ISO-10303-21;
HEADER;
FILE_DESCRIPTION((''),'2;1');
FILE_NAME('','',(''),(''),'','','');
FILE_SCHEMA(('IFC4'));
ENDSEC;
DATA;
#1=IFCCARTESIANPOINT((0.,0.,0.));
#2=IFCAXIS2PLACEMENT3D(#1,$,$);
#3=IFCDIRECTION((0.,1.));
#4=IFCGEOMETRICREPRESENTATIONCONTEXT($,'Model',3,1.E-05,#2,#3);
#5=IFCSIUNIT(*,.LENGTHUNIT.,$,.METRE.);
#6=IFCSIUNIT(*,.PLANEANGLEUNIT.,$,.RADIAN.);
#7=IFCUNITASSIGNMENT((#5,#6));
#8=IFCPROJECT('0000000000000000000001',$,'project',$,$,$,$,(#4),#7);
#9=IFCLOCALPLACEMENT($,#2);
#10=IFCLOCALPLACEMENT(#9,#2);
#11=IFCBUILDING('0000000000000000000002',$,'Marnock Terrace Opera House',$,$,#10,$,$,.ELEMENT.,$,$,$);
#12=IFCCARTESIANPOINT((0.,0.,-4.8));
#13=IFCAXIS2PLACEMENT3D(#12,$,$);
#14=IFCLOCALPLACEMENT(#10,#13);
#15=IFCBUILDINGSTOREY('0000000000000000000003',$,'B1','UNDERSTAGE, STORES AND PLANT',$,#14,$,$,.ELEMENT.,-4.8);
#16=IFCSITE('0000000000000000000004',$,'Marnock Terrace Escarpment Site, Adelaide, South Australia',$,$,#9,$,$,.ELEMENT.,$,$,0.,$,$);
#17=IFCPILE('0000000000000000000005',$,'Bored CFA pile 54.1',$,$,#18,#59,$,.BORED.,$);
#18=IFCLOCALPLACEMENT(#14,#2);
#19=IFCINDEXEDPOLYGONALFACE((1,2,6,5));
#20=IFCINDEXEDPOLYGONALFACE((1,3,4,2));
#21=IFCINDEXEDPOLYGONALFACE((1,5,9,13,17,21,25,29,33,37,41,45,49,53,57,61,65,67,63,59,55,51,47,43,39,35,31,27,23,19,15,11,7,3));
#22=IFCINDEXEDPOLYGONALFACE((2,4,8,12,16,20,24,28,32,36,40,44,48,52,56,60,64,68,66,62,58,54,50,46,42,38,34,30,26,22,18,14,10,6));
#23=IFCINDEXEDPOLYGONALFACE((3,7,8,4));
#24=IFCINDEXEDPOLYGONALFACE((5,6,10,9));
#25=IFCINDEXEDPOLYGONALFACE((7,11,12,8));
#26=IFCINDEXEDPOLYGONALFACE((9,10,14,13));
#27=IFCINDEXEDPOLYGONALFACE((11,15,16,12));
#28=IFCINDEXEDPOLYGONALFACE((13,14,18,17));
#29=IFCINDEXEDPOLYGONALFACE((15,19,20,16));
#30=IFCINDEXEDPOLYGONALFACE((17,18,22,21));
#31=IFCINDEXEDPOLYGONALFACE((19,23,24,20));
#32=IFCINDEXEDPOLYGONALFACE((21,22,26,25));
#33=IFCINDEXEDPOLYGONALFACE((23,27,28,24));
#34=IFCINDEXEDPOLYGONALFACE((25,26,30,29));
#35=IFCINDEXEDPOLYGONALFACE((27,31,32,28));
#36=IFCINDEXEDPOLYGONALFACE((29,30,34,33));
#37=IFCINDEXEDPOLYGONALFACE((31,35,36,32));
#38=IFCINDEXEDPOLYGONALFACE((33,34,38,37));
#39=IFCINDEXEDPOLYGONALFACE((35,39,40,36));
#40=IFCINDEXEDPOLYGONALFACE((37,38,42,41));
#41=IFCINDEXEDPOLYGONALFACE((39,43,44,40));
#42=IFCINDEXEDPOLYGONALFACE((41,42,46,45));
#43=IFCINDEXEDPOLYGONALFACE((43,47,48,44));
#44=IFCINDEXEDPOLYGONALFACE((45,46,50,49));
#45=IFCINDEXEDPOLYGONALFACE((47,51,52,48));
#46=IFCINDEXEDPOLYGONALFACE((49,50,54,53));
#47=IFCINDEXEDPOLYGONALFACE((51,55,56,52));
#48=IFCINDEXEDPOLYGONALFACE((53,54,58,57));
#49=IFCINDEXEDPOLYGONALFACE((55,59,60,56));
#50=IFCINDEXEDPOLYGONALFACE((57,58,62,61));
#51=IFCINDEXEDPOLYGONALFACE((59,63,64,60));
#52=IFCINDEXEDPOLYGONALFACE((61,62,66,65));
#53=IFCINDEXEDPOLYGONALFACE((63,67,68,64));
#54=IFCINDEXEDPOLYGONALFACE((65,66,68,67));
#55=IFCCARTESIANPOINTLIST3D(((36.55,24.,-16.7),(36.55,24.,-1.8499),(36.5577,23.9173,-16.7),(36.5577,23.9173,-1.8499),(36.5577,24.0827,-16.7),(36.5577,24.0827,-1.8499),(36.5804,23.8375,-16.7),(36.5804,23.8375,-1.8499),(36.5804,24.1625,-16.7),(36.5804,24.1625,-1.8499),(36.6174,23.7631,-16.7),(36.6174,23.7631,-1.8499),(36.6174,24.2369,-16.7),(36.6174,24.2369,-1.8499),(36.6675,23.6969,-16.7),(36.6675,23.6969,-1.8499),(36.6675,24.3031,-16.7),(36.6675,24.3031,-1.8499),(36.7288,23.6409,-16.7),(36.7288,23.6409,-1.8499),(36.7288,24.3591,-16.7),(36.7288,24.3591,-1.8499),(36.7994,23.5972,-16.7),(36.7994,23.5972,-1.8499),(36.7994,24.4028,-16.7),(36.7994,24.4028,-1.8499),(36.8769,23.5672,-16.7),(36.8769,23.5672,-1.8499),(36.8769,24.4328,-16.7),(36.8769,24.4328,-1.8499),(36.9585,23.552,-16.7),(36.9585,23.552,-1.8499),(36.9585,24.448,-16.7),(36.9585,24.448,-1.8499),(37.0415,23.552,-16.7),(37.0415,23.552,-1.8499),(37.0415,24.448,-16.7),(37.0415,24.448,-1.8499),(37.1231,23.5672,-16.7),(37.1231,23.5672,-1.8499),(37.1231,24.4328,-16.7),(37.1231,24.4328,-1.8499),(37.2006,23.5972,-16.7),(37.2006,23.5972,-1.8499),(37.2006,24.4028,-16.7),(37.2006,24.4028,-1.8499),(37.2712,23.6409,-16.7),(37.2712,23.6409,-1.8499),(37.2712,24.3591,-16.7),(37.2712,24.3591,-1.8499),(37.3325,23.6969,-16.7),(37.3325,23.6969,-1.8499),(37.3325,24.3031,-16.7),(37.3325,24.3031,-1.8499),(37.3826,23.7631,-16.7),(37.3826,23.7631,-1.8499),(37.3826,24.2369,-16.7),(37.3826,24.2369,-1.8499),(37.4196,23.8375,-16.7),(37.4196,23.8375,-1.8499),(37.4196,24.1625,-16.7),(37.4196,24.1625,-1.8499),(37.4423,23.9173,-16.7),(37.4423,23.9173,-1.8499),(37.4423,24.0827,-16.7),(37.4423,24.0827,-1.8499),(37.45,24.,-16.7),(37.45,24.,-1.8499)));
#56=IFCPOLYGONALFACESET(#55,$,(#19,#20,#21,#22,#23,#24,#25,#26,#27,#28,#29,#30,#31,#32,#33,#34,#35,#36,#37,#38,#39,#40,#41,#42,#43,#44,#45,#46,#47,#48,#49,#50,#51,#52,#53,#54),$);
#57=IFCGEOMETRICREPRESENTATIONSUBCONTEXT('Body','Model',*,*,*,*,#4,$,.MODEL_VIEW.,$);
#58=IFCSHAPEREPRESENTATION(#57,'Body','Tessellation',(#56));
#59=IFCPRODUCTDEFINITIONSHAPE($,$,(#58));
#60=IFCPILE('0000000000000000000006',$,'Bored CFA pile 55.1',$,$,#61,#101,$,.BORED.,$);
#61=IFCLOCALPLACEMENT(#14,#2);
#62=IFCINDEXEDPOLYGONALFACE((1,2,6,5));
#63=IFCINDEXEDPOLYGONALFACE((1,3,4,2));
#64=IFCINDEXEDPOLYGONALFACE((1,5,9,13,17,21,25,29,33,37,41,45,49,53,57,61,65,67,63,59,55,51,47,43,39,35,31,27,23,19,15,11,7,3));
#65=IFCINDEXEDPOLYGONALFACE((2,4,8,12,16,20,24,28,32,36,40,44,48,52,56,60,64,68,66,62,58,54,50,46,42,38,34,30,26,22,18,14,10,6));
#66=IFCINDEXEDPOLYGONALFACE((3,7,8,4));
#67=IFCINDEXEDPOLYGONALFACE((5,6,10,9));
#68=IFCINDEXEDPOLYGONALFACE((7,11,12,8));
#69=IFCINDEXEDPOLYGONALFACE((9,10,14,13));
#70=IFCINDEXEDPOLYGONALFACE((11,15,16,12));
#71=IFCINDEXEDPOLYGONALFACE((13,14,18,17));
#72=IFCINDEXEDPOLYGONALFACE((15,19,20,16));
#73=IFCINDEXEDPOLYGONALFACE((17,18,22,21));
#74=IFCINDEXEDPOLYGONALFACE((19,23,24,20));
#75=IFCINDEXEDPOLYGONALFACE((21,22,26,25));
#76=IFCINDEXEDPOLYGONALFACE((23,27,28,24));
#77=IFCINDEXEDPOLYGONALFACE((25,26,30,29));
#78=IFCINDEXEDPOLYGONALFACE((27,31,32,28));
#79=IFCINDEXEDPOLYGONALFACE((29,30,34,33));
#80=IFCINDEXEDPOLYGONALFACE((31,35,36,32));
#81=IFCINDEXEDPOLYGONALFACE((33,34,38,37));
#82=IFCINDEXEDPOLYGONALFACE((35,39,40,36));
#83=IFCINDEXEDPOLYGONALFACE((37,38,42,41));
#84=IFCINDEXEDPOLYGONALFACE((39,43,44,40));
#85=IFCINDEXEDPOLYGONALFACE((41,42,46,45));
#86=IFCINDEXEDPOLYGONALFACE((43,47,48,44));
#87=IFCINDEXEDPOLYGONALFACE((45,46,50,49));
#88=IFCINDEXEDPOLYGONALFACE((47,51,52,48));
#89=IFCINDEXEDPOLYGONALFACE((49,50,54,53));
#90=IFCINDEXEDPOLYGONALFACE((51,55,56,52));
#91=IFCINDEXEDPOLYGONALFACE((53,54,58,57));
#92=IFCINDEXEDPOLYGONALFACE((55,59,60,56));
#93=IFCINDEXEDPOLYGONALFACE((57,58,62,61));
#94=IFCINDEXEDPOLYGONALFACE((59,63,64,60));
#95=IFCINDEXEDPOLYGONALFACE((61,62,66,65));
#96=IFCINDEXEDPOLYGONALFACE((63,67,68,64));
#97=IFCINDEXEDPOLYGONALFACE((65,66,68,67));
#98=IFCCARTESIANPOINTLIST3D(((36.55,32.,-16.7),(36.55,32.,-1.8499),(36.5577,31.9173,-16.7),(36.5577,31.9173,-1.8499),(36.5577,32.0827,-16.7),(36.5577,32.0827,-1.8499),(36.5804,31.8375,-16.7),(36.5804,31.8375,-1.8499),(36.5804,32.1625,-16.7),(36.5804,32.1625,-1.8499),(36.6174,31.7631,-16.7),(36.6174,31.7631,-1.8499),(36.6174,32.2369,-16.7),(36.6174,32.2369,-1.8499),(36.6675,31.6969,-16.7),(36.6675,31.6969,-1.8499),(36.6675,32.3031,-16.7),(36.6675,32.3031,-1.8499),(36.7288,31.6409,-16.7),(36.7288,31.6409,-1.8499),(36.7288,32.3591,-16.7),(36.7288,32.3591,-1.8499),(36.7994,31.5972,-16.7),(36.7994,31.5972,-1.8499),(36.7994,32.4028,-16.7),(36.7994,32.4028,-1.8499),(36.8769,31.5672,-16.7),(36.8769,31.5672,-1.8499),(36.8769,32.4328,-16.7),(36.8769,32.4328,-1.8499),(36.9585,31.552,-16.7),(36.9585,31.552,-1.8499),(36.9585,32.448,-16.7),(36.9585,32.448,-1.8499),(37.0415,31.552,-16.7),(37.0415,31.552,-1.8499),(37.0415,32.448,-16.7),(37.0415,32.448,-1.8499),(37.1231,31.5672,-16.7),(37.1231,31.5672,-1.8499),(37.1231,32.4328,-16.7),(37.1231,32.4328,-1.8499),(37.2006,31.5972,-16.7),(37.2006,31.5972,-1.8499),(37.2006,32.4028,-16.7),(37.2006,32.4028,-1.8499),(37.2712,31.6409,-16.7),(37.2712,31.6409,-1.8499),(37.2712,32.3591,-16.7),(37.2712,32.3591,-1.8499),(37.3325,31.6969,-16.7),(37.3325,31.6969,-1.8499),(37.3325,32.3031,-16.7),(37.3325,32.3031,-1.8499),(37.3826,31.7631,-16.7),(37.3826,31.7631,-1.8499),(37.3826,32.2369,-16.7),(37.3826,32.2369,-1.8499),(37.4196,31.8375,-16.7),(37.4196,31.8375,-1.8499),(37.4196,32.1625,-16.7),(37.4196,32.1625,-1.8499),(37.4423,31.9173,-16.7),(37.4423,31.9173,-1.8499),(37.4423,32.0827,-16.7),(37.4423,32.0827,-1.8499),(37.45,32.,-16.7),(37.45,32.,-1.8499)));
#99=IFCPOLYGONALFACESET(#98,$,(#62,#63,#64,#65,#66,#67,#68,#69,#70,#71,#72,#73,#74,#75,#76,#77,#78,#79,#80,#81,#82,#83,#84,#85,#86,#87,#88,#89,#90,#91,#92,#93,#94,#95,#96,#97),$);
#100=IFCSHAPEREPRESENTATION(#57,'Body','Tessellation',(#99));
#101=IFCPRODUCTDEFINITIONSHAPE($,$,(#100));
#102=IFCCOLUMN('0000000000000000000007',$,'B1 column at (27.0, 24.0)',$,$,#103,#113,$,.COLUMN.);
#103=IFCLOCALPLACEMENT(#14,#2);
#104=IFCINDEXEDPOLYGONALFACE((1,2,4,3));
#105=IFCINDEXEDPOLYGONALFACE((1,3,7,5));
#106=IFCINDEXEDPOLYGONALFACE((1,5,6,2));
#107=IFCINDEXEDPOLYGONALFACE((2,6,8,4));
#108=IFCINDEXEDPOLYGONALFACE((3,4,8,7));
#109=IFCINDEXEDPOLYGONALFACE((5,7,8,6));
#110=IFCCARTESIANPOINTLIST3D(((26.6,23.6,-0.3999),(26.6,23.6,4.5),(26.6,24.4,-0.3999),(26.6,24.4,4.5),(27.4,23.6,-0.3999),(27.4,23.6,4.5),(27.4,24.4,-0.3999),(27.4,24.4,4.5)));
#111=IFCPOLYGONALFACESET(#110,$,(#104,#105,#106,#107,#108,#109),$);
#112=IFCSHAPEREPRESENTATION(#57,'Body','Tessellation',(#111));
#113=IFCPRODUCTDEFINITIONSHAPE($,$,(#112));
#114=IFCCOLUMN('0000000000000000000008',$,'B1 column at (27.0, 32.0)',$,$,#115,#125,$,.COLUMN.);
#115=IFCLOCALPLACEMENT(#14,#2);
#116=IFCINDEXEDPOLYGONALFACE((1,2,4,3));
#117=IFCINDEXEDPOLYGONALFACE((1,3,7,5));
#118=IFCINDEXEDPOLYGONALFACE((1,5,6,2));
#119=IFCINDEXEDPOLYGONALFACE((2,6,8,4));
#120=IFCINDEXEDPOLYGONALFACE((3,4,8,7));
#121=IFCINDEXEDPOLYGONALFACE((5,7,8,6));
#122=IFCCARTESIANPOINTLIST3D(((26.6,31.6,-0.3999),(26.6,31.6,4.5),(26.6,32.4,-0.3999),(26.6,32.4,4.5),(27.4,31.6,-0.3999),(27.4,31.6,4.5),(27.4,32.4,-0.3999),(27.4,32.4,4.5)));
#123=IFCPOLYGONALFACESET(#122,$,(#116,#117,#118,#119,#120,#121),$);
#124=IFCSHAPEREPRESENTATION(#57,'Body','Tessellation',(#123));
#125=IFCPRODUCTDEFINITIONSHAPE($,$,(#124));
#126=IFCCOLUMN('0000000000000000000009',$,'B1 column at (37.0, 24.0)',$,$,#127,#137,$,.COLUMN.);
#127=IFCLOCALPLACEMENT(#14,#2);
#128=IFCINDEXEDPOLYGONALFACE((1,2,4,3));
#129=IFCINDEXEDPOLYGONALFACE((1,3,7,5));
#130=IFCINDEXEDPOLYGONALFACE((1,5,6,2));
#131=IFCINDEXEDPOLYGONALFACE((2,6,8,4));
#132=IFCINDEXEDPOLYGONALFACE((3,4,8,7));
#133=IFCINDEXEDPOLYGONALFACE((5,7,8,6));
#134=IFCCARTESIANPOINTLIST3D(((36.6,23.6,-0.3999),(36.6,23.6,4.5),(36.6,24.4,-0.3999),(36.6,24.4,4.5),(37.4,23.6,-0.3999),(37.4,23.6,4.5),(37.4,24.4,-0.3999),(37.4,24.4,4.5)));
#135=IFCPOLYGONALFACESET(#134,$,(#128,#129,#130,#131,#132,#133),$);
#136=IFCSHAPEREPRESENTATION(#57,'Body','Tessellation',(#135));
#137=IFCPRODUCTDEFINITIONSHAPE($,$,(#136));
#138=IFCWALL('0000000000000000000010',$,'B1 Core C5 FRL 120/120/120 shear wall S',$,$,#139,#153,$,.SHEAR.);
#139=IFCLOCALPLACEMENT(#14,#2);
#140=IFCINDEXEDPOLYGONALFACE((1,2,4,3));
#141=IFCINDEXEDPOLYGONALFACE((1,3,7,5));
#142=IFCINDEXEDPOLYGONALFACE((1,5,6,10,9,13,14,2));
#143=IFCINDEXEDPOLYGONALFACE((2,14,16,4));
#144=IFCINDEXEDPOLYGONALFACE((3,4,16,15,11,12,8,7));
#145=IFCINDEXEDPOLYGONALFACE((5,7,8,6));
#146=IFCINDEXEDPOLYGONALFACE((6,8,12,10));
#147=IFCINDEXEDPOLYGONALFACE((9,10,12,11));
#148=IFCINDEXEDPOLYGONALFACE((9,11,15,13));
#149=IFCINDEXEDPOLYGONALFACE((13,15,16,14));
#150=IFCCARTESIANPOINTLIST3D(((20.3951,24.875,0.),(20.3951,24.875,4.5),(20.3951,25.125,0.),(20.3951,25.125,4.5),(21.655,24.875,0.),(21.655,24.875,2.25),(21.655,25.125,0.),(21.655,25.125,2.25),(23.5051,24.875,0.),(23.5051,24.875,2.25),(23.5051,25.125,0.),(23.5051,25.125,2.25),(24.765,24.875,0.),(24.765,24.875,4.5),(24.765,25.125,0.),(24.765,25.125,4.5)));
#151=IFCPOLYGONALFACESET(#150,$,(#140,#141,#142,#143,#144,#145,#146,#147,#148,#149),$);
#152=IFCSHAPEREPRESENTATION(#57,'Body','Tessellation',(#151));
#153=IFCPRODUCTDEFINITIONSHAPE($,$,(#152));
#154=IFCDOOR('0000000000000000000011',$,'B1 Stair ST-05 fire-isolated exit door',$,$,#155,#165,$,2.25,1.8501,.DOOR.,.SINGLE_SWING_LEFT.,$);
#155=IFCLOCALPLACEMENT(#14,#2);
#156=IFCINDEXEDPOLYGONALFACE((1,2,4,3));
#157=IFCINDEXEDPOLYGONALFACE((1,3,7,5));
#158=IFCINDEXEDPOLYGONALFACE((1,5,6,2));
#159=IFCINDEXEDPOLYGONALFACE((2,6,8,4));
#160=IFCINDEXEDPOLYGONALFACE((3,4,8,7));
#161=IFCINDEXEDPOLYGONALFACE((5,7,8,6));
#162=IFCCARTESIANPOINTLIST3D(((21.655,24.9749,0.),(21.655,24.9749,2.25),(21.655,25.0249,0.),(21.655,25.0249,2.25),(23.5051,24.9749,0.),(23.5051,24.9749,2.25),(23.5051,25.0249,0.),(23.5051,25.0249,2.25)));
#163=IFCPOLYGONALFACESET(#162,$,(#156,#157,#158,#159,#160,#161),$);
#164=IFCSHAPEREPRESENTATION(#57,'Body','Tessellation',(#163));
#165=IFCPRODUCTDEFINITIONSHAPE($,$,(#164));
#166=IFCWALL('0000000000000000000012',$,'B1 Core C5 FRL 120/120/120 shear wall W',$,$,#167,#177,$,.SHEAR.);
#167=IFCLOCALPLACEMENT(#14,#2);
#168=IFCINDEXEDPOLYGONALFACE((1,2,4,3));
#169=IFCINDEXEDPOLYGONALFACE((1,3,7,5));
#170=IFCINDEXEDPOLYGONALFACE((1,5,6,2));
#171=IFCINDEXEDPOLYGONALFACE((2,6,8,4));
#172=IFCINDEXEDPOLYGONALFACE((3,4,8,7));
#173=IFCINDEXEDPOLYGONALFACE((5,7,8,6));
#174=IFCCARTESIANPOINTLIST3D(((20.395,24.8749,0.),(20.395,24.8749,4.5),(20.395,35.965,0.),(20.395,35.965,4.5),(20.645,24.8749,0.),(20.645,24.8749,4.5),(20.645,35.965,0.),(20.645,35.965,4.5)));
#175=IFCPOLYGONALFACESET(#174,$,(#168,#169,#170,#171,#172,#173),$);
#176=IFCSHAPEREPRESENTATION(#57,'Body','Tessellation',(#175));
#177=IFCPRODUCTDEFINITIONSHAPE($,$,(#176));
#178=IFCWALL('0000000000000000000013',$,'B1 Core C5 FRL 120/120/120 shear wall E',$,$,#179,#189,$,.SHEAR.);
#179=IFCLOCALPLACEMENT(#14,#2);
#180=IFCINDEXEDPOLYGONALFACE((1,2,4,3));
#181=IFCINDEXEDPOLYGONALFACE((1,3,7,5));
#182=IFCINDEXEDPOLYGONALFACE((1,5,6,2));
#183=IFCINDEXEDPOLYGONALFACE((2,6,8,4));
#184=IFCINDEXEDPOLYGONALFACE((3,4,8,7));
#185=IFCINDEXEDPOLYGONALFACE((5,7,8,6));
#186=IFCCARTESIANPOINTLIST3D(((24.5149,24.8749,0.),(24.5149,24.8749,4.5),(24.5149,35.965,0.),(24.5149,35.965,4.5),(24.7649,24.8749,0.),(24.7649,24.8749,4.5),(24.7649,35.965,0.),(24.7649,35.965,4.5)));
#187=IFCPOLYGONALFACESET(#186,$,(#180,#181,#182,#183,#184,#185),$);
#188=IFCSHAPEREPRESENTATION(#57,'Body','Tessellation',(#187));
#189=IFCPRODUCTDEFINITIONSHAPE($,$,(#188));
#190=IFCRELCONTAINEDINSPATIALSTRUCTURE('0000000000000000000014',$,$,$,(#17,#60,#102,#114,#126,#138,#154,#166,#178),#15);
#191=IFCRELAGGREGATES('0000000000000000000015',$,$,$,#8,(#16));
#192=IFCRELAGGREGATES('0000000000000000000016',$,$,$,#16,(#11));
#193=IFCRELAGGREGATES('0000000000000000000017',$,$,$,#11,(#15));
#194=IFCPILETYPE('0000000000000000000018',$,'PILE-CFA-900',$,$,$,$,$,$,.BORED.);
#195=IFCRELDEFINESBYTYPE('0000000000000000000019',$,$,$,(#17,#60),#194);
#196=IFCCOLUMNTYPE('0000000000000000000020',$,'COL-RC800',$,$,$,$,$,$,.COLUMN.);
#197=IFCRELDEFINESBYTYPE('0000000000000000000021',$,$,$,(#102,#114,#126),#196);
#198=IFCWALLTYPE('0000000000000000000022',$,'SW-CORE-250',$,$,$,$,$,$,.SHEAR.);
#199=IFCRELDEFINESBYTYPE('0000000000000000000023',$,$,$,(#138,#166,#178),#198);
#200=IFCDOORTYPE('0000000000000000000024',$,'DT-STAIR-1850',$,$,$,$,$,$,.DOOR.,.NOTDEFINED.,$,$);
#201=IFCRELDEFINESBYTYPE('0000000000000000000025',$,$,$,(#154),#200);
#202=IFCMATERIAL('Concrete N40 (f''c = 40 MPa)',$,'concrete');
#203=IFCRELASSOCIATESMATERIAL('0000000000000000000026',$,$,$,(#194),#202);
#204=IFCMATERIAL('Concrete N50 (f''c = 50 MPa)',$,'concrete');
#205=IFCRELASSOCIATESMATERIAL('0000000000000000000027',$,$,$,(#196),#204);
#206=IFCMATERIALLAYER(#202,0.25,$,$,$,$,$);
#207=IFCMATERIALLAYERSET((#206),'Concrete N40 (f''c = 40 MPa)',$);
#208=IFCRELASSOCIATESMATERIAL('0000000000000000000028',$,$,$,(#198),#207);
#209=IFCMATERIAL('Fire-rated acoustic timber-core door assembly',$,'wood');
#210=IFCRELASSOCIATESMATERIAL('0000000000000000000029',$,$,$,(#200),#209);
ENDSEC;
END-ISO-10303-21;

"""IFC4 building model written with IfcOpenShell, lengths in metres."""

from ifc_helpers import new_model, si_unit, direction, frame, frame_2d, origin, origin_2d, place, context, subcontext, project, spatial, rectangle, circle, extrude, material, layer, layer_set, material_profile, profile_set, type_object, element, fill, save


model = new_model("IFC4")

# Units and contexts
model_context = context("Model", 3, precision=1e-05, world=origin(), true_north=direction((0.0, 1.0)))
body_context = subcontext(model_context, "Body", "Model", "MODEL_VIEW")
ifc_project = project(units=[si_unit("LENGTHUNIT", "METRE"), si_unit("PLANEANGLEUNIT", "RADIAN")], contexts=[model_context])

# Site, building, storey
site_placement = place(None, origin())
site = spatial("IfcSite", under=ifc_project, at=site_placement, Name="Marnock Terrace Escarpment Site, Adelaide, South Australia", CompositionType="ELEMENT", RefElevation=0.0)
building_placement = place(site_placement, origin())
building = spatial("IfcBuilding", under=site, at=building_placement, Name="Marnock Terrace Opera House", CompositionType="ELEMENT")
storey_placement = place(building_placement, frame((0.0, 0.0, -4.8)))
storey = spatial("IfcBuildingStorey", under=building, at=storey_placement, Name="B1", Description="UNDERSTAGE, STORES AND PLANT", CompositionType="ELEMENT", Elevation=-4.8)

# Shared definitions
ifc_material_1 = material(Name="Concrete N40 (f'c = 40 MPa)", Category="concrete")

# Piles
ifc_material_profile_1 = material_profile(ifc_material_1, circle(Radius=0.45, at=origin_2d()))
ifc_profile_set_1 = profile_set([ifc_material_profile_1], Name="Concrete N40 (f'c = 40 MPa)")
pile_type = type_object("IfcPileType", Name="PILE-CFA-900", PredefinedType="BORED", material=ifc_profile_set_1)
for number, where, z_axis, x_axis, name in (
    (1, (37.0, 24.0, -1.8499), (0.0, 0.0, -1.0), (1.0, 0.0, 0.0), "Bored CFA pile 54.1"),
    (2, (37.0, 32.0, -1.8499), (0.0, 0.0, -1.0), (1.0, 0.0, 0.0), "Bored CFA pile 55.1"),
):
    element("IfcPile", number, at=place(storey_placement, frame(where, z_axis=z_axis, x_axis=x_axis)), inside=storey, type_object=pile_type, Name=name, PredefinedType="BORED", context=body_context, shape_type="SweptSolid", body=[
        extrude(circle(Radius=0.45, at=origin_2d()), origin(), (0.0, 0.0, 1.0), 14.8501),
    ])

# Columns
ifc_material_2 = material(Name="Concrete N50 (f'c = 50 MPa)", Category="concrete")
ifc_material_profile_2 = material_profile(ifc_material_2, rectangle(XDim=0.8, YDim=0.8, at=origin_2d()))
ifc_profile_set_2 = profile_set([ifc_material_profile_2], Name="Concrete N50 (f'c = 50 MPa)")
column_type = type_object("IfcColumnType", Name="COL-RC800", PredefinedType="COLUMN", material=ifc_profile_set_2)
for number, where, z_axis, x_axis, name in (
    (3, (27.0, 24.0, -0.3999), (0.0, 0.0, 1.0), (1.0, 0.0, 0.0), "B1 column at (27.0, 24.0)"),
    (4, (27.0, 32.0, -0.3999), (0.0, 0.0, 1.0), (1.0, 0.0, 0.0), "B1 column at (27.0, 32.0)"),
    (5, (37.0, 24.0, -0.3999), (0.0, 0.0, 1.0), (1.0, 0.0, 0.0), "B1 column at (37.0, 24.0)"),
):
    element("IfcColumn", number, at=place(storey_placement, frame(where, z_axis=z_axis, x_axis=x_axis)), inside=storey, type_object=column_type, Name=name, PredefinedType="COLUMN", context=body_context, shape_type="SweptSolid", body=[
        extrude(rectangle(XDim=0.8, YDim=0.8, at=origin_2d()), origin(), (0.0, 0.0, 1.0), 4.8999),
    ])

# Wall, opening, door
ifc_layer_1 = layer(ifc_material_1, 0.25)
ifc_layer_set_1 = layer_set([ifc_layer_1], Name="Concrete N40 (f'c = 40 MPa)")
wall_type = type_object("IfcWallType", Name="SW-CORE-250", PredefinedType="SHEAR", material=ifc_layer_set_1)
wall_placement = place(storey_placement, frame((20.395, 25.0, 0.0), z_axis=(0.0, 0.0, 1.0), x_axis=(1.0, 0.0, 0.0)))
wall = element("IfcWall", 6, at=wall_placement, inside=storey, type_object=wall_type, Name="B1 Core C5 FRL 120/120/120 shear wall S", PredefinedType="SHEAR", context=body_context, shape_type="SweptSolid", body=[
    extrude(rectangle(XDim=4.3699, YDim=0.25, at=frame_2d((2.1851, 0.0))), origin(), (0.0, 0.0, 1.0), 4.5),
])
opening_placement = place(wall_placement, frame((1.26, 0.0, 0.0)))
opening = element("IfcOpeningElement", 7, at=opening_placement, cuts=wall, PredefinedType="OPENING", context=body_context, shape_type="SweptSolid", body=[
    extrude(rectangle(XDim=1.8501, YDim=2.25, at=frame_2d((0.925, 1.125))), frame((0.0, 0.135, 0.0), z_axis=(0.0, -1.0, 0.0), x_axis=(1.0, 0.0, 0.0)), (0.0, 0.0, 1.0), 0.27),
])
ifc_material_3 = material(Name="Fire-rated acoustic timber-core door assembly", Category="wood")
door_type = type_object("IfcDoorType", Name="DT-STAIR-1850", OperationType="NOTDEFINED", PredefinedType="DOOR", material=ifc_material_3)
door_placement = place(opening_placement, origin())
door = element("IfcDoor", 8, at=door_placement, inside=storey, type_object=door_type, Name="B1 Stair ST-05 fire-isolated exit door", OperationType="SINGLE_SWING_LEFT", OverallHeight=2.25, OverallWidth=1.8501, PredefinedType="DOOR", context=body_context, shape_type="SweptSolid", body=[
    extrude(rectangle(XDim=1.8501, YDim=2.25, at=frame_2d((0.925, 1.125))), frame((0.0, 0.0249, 0.0), z_axis=(0.0, -1.0, 0.0), x_axis=(1.0, 0.0, 0.0)), (0.0, 0.0, 1.0), 0.05),
])
fill(opening, door)

# Walls
for number, where, z_axis, x_axis, name in (
    (9, (20.52, 24.875, 0.0), (0.0, 0.0, 1.0), (0.0, 1.0, 0.0), "B1 Core C5 FRL 120/120/120 shear wall W"),
    (10, (24.6399, 24.875, 0.0), (0.0, 0.0, 1.0), (0.0, 1.0, 0.0), "B1 Core C5 FRL 120/120/120 shear wall E"),
):
    element("IfcWall", number, at=place(storey_placement, frame(where, z_axis=z_axis, x_axis=x_axis)), inside=storey, type_object=wall_type, Name=name, PredefinedType="SHEAR", context=body_context, shape_type="SweptSolid", body=[
        extrude(rectangle(XDim=11.0901, YDim=0.25, at=frame_2d((5.5449, 0.0))), origin(), (0.0, 0.0, 1.0), 4.5),
    ])

save(model, "model.ifc")
